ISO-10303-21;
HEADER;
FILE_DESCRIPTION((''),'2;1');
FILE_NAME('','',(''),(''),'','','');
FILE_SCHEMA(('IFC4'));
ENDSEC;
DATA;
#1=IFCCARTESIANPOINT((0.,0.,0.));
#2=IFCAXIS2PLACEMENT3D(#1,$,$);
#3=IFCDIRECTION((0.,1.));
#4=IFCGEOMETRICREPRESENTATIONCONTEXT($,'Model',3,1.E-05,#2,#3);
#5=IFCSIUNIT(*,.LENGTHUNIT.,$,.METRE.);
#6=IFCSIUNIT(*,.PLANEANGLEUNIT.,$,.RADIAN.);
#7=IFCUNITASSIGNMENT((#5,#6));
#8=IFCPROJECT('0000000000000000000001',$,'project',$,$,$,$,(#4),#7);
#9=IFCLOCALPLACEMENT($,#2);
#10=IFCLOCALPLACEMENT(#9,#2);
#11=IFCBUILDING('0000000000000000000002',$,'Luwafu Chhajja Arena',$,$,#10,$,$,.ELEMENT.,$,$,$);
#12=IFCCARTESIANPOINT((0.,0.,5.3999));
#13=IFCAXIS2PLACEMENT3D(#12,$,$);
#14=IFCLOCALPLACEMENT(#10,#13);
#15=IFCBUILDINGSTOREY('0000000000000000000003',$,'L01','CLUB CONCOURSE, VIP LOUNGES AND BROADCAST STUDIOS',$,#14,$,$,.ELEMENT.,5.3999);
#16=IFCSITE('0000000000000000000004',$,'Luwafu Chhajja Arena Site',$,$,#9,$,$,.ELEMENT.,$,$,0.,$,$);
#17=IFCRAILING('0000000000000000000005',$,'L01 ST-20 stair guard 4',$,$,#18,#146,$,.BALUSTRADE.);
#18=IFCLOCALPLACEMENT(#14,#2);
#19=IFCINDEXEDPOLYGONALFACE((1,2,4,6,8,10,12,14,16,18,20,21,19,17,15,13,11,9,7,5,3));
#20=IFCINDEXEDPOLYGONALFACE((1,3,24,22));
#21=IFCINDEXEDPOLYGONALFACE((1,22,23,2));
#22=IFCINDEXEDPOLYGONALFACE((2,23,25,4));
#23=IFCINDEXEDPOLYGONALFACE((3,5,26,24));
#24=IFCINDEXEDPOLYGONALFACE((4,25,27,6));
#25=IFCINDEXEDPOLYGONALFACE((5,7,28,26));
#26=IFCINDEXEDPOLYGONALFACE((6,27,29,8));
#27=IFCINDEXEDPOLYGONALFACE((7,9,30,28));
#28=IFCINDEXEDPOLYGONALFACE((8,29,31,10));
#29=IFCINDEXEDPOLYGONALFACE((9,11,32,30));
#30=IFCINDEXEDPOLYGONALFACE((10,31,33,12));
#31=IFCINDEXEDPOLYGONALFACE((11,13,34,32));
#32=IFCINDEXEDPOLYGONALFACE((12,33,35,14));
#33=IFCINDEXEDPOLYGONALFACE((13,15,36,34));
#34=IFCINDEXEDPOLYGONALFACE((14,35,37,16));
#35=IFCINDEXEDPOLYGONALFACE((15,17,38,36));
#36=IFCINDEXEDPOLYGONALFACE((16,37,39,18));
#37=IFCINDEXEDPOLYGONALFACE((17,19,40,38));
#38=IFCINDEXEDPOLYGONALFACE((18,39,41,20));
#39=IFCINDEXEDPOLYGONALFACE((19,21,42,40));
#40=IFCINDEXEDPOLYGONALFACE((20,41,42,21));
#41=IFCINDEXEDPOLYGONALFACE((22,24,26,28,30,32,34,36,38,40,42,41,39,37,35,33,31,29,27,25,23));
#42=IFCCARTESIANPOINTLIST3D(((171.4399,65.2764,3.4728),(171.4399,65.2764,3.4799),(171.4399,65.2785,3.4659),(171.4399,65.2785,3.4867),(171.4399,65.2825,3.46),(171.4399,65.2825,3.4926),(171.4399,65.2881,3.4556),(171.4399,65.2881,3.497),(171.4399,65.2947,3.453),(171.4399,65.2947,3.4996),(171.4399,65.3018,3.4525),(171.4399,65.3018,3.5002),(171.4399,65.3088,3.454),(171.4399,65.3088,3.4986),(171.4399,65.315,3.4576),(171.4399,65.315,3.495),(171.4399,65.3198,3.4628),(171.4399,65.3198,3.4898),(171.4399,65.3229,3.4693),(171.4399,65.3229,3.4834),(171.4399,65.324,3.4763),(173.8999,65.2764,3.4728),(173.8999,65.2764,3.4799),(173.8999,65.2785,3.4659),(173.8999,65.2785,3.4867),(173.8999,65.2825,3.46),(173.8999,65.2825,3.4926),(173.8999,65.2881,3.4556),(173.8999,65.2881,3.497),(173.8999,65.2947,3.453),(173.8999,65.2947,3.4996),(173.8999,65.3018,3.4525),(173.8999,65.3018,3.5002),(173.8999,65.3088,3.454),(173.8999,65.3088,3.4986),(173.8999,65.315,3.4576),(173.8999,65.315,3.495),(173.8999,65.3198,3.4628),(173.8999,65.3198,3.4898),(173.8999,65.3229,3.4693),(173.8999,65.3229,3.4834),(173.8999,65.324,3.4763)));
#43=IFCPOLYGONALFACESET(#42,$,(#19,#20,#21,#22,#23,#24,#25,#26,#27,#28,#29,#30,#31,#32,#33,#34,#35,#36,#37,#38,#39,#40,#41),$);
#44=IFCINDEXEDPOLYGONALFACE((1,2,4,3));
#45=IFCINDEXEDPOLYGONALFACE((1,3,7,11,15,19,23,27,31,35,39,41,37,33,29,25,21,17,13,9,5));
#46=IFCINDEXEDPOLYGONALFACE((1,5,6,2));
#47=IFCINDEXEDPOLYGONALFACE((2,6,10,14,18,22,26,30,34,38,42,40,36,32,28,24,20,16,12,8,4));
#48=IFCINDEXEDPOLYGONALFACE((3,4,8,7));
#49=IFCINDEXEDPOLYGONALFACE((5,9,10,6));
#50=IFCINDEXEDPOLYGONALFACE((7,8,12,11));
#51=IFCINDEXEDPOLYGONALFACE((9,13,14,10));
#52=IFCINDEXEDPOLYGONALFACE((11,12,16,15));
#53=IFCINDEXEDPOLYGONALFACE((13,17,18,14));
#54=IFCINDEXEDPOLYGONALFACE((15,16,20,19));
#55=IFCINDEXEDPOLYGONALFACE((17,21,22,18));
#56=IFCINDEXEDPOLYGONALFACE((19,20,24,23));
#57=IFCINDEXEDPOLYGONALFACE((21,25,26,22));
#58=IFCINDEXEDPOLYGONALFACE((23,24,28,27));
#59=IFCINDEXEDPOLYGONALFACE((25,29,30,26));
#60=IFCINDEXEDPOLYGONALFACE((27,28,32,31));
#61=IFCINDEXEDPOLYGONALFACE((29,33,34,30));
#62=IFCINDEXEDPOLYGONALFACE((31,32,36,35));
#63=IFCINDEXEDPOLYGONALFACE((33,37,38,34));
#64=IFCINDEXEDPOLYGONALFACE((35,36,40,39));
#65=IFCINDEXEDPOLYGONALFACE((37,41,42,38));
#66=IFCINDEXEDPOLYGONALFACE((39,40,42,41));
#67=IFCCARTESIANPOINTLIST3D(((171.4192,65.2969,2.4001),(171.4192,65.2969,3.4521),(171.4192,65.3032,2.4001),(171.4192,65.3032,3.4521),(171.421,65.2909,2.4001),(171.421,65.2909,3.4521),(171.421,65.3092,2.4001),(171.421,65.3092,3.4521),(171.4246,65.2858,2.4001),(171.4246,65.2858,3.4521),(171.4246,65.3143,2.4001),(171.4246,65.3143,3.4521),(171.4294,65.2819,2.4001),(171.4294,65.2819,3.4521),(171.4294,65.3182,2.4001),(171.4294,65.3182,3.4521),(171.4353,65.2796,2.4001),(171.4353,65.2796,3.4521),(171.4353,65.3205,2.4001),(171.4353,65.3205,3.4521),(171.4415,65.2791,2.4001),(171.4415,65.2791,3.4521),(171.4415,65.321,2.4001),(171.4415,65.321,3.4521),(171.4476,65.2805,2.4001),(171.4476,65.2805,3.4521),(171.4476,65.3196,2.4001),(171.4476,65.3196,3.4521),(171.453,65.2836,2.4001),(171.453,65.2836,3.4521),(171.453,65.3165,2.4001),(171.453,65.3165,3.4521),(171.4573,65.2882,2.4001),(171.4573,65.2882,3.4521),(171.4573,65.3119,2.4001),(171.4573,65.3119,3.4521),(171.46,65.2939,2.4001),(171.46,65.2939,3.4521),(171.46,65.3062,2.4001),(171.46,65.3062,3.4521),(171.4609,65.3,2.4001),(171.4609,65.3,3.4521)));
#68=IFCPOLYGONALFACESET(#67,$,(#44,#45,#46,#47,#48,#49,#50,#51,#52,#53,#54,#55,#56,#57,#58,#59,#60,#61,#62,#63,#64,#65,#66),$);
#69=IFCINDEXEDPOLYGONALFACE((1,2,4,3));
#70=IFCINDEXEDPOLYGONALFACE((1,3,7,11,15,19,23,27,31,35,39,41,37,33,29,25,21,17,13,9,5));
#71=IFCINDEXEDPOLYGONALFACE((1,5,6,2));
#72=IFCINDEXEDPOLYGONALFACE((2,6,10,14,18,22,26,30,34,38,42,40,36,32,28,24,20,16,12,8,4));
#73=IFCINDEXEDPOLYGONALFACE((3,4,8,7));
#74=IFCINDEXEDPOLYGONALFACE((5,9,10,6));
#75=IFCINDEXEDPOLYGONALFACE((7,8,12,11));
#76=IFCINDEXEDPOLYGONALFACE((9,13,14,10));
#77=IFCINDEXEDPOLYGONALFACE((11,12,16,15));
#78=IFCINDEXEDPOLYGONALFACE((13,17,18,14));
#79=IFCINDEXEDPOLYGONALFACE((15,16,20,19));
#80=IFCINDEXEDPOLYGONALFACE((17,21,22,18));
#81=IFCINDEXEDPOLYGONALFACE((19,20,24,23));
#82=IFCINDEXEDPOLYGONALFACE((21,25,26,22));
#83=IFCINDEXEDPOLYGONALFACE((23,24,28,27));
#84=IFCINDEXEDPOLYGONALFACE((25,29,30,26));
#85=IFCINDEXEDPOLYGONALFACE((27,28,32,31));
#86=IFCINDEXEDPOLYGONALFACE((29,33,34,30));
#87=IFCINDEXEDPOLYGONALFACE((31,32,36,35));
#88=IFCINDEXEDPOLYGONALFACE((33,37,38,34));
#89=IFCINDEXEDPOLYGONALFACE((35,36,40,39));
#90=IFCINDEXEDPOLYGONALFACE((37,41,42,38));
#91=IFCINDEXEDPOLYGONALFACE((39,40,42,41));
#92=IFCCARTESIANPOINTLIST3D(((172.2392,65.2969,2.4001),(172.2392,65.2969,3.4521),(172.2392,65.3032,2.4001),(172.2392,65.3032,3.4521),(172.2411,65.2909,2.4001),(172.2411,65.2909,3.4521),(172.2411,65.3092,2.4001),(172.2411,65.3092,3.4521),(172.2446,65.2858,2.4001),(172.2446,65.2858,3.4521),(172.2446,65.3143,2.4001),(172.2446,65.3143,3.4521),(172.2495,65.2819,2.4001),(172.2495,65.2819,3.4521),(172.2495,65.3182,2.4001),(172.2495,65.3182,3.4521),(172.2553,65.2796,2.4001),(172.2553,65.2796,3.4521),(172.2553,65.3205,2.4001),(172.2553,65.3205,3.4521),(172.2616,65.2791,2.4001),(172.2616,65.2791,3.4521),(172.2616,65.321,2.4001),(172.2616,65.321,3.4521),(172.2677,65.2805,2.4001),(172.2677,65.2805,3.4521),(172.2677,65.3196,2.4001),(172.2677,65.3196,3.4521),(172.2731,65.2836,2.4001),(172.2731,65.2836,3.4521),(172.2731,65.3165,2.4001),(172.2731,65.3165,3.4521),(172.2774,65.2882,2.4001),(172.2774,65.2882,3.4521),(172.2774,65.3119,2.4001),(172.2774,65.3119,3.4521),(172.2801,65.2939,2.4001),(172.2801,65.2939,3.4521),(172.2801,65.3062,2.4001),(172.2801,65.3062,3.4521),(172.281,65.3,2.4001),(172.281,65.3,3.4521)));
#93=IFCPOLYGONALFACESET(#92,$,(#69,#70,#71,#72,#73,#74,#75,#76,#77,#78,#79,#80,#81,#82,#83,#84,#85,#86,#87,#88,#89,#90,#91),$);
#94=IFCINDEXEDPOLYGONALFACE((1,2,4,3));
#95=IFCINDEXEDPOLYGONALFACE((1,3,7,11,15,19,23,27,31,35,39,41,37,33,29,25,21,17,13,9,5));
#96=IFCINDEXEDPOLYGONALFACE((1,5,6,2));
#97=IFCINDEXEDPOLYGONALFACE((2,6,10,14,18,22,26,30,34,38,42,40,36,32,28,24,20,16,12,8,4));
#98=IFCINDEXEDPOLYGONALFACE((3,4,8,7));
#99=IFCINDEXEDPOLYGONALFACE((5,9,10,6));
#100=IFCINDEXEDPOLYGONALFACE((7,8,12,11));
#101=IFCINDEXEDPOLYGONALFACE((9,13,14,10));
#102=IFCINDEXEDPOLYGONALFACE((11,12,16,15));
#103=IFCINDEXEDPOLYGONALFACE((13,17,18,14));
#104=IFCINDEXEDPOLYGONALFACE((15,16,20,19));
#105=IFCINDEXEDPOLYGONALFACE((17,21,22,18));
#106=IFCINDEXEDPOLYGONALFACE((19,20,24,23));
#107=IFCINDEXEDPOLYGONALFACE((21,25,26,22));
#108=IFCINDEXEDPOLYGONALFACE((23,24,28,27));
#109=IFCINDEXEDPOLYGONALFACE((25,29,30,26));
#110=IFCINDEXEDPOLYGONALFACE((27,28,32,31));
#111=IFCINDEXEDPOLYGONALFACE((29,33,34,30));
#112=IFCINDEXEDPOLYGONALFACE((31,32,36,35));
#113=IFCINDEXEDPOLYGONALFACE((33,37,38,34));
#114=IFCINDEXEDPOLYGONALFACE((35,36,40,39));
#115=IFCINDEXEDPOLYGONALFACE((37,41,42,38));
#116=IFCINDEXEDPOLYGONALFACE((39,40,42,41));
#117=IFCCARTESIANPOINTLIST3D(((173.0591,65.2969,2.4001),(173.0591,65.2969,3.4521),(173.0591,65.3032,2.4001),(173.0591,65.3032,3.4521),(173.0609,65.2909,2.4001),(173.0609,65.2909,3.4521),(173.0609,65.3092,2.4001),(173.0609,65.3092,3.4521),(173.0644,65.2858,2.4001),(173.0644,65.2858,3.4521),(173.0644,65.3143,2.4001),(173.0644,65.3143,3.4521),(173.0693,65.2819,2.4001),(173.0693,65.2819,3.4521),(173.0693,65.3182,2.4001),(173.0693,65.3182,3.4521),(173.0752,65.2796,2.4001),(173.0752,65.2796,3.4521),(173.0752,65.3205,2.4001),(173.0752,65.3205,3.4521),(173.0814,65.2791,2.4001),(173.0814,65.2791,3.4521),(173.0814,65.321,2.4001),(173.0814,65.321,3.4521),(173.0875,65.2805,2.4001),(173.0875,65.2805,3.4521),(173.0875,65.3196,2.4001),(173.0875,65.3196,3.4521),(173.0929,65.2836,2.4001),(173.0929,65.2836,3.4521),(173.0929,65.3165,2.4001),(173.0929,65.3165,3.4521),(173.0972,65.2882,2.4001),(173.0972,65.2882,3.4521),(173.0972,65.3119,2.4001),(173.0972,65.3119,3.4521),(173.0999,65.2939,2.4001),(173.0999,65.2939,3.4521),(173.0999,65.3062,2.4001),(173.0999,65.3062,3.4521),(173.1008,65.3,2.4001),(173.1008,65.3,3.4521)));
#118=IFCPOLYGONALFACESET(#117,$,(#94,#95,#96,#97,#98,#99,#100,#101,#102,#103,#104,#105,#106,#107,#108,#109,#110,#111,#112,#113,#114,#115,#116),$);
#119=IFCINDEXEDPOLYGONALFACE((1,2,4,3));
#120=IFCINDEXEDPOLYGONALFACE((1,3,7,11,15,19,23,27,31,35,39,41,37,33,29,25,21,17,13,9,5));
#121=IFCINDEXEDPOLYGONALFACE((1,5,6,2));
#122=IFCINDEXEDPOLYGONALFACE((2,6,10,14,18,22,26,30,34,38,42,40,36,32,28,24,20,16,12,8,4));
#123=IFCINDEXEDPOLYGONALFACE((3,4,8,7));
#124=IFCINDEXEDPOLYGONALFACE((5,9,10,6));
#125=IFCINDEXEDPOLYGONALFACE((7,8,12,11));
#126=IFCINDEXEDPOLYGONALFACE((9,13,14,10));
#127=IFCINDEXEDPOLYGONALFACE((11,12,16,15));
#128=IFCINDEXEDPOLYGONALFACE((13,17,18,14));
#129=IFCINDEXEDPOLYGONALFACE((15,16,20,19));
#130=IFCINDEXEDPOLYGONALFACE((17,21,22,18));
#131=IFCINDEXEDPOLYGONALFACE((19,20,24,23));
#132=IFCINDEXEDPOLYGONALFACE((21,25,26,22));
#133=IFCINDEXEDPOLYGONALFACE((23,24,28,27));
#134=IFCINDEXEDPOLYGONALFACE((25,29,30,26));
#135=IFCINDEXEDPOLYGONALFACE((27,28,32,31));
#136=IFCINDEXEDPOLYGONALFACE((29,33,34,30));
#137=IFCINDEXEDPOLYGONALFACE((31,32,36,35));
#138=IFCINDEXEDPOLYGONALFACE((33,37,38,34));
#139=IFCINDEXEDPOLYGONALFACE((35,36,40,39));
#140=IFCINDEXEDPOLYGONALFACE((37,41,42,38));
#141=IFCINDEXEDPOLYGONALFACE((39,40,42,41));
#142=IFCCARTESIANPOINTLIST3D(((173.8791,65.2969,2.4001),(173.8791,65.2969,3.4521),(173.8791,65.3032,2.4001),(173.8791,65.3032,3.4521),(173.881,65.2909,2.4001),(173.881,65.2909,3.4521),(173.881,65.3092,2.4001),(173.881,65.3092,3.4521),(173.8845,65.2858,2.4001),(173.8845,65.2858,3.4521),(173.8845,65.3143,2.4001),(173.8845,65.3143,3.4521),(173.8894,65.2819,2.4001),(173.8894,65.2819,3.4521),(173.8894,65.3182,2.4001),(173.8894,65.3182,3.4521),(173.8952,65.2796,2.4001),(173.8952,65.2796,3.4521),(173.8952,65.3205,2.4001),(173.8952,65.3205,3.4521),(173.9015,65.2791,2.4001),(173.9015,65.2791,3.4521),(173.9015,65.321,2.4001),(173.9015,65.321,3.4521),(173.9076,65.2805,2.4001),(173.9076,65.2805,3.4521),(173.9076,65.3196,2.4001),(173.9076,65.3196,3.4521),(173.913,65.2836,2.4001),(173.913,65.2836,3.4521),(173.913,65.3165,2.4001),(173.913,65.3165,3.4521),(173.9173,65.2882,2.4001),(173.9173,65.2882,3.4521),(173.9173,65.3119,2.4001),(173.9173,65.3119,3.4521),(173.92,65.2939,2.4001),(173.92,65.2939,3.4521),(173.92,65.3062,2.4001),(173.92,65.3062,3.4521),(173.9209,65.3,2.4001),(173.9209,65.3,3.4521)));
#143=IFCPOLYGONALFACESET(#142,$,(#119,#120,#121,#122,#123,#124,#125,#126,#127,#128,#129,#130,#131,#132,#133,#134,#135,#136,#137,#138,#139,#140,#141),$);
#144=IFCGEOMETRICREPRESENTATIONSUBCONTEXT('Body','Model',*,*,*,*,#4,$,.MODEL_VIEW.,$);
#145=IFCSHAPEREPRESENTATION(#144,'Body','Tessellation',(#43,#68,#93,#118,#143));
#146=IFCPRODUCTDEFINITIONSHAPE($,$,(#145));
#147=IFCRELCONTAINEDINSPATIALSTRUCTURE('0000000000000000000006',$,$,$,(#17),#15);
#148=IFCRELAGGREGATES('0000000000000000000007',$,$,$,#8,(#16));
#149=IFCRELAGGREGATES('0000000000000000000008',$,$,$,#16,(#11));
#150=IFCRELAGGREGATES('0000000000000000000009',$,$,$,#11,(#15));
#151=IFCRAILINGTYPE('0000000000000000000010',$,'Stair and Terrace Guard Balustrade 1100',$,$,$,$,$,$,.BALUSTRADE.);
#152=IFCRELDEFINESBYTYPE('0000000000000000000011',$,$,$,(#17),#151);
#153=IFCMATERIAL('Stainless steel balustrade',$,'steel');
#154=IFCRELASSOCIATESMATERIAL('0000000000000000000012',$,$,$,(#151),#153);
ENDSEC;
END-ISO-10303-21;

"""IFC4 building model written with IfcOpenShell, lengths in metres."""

from ifc_helpers import new_model, si_unit, direction, frame, origin, origin_2d, place, context, subcontext, project, spatial, circle, extrude, material, type_object, element, save


model = new_model("IFC4")

# Units and contexts
model_context = context("Model", 3, precision=1e-05, world=origin(), true_north=direction((0.0, 1.0)))
body_context = subcontext(model_context, "Body", "Model", "MODEL_VIEW")
ifc_project = project(units=[si_unit("LENGTHUNIT", "METRE"), si_unit("PLANEANGLEUNIT", "RADIAN")], contexts=[model_context])

# Site, building, storey
site_placement = place(None, origin())
site = spatial("IfcSite", under=ifc_project, at=site_placement, Name="Luwafu Chhajja Arena Site", CompositionType="ELEMENT", RefElevation=0.0)
building_placement = place(site_placement, origin())
building = spatial("IfcBuilding", under=site, at=building_placement, Name="Luwafu Chhajja Arena", CompositionType="ELEMENT")
storey_placement = place(building_placement, frame((0.0, 0.0, 5.3999)))
storey = spatial("IfcBuildingStorey", under=building, at=storey_placement, Name="L01", Description="CLUB CONCOURSE, VIP LOUNGES AND BROADCAST STUDIOS", CompositionType="ELEMENT", Elevation=5.3999)

# Railing
ifc_material_1 = material(Name="Stainless steel balustrade", Category="steel")
railing_type_1 = type_object("IfcRailingType", Name="Stair and Terrace Guard Balustrade 1100", PredefinedType="BALUSTRADE", material=ifc_material_1)
railing_1_placement = place(storey_placement, frame((171.4399, 65.3, 2.4001)))
element("IfcRailing", 1, at=railing_1_placement, inside=storey, type_object=railing_type_1, Name="L01 ST-20 stair guard 4", PredefinedType="BALUSTRADE", context=body_context, shape_type="SweptSolid", body=[
    extrude(circle(Radius=0.0239, at=origin_2d()), frame((0.0, 0.0, 1.0762), z_axis=(1.0, 0.0, 0.0), x_axis=(0.0, 1.0, 0.0)), (0.0, 0.0, 1.0), 2.46),
    extrude(circle(Radius=0.021, at=origin_2d()), origin(), (0.0, 0.0, 1.0), 1.052),
    extrude(circle(Radius=0.021, at=origin_2d()), frame((0.8201, 0.0, 0.0)), (0.0, 0.0, 1.0), 1.052),
    extrude(circle(Radius=0.021, at=origin_2d()), frame((1.6399, 0.0, 0.0)), (0.0, 0.0, 1.0), 1.052),
    extrude(circle(Radius=0.021, at=origin_2d()), frame((2.46, 0.0, 0.0)), (0.0, 0.0, 1.0), 1.052),
])

save(model, "model.ifc")
